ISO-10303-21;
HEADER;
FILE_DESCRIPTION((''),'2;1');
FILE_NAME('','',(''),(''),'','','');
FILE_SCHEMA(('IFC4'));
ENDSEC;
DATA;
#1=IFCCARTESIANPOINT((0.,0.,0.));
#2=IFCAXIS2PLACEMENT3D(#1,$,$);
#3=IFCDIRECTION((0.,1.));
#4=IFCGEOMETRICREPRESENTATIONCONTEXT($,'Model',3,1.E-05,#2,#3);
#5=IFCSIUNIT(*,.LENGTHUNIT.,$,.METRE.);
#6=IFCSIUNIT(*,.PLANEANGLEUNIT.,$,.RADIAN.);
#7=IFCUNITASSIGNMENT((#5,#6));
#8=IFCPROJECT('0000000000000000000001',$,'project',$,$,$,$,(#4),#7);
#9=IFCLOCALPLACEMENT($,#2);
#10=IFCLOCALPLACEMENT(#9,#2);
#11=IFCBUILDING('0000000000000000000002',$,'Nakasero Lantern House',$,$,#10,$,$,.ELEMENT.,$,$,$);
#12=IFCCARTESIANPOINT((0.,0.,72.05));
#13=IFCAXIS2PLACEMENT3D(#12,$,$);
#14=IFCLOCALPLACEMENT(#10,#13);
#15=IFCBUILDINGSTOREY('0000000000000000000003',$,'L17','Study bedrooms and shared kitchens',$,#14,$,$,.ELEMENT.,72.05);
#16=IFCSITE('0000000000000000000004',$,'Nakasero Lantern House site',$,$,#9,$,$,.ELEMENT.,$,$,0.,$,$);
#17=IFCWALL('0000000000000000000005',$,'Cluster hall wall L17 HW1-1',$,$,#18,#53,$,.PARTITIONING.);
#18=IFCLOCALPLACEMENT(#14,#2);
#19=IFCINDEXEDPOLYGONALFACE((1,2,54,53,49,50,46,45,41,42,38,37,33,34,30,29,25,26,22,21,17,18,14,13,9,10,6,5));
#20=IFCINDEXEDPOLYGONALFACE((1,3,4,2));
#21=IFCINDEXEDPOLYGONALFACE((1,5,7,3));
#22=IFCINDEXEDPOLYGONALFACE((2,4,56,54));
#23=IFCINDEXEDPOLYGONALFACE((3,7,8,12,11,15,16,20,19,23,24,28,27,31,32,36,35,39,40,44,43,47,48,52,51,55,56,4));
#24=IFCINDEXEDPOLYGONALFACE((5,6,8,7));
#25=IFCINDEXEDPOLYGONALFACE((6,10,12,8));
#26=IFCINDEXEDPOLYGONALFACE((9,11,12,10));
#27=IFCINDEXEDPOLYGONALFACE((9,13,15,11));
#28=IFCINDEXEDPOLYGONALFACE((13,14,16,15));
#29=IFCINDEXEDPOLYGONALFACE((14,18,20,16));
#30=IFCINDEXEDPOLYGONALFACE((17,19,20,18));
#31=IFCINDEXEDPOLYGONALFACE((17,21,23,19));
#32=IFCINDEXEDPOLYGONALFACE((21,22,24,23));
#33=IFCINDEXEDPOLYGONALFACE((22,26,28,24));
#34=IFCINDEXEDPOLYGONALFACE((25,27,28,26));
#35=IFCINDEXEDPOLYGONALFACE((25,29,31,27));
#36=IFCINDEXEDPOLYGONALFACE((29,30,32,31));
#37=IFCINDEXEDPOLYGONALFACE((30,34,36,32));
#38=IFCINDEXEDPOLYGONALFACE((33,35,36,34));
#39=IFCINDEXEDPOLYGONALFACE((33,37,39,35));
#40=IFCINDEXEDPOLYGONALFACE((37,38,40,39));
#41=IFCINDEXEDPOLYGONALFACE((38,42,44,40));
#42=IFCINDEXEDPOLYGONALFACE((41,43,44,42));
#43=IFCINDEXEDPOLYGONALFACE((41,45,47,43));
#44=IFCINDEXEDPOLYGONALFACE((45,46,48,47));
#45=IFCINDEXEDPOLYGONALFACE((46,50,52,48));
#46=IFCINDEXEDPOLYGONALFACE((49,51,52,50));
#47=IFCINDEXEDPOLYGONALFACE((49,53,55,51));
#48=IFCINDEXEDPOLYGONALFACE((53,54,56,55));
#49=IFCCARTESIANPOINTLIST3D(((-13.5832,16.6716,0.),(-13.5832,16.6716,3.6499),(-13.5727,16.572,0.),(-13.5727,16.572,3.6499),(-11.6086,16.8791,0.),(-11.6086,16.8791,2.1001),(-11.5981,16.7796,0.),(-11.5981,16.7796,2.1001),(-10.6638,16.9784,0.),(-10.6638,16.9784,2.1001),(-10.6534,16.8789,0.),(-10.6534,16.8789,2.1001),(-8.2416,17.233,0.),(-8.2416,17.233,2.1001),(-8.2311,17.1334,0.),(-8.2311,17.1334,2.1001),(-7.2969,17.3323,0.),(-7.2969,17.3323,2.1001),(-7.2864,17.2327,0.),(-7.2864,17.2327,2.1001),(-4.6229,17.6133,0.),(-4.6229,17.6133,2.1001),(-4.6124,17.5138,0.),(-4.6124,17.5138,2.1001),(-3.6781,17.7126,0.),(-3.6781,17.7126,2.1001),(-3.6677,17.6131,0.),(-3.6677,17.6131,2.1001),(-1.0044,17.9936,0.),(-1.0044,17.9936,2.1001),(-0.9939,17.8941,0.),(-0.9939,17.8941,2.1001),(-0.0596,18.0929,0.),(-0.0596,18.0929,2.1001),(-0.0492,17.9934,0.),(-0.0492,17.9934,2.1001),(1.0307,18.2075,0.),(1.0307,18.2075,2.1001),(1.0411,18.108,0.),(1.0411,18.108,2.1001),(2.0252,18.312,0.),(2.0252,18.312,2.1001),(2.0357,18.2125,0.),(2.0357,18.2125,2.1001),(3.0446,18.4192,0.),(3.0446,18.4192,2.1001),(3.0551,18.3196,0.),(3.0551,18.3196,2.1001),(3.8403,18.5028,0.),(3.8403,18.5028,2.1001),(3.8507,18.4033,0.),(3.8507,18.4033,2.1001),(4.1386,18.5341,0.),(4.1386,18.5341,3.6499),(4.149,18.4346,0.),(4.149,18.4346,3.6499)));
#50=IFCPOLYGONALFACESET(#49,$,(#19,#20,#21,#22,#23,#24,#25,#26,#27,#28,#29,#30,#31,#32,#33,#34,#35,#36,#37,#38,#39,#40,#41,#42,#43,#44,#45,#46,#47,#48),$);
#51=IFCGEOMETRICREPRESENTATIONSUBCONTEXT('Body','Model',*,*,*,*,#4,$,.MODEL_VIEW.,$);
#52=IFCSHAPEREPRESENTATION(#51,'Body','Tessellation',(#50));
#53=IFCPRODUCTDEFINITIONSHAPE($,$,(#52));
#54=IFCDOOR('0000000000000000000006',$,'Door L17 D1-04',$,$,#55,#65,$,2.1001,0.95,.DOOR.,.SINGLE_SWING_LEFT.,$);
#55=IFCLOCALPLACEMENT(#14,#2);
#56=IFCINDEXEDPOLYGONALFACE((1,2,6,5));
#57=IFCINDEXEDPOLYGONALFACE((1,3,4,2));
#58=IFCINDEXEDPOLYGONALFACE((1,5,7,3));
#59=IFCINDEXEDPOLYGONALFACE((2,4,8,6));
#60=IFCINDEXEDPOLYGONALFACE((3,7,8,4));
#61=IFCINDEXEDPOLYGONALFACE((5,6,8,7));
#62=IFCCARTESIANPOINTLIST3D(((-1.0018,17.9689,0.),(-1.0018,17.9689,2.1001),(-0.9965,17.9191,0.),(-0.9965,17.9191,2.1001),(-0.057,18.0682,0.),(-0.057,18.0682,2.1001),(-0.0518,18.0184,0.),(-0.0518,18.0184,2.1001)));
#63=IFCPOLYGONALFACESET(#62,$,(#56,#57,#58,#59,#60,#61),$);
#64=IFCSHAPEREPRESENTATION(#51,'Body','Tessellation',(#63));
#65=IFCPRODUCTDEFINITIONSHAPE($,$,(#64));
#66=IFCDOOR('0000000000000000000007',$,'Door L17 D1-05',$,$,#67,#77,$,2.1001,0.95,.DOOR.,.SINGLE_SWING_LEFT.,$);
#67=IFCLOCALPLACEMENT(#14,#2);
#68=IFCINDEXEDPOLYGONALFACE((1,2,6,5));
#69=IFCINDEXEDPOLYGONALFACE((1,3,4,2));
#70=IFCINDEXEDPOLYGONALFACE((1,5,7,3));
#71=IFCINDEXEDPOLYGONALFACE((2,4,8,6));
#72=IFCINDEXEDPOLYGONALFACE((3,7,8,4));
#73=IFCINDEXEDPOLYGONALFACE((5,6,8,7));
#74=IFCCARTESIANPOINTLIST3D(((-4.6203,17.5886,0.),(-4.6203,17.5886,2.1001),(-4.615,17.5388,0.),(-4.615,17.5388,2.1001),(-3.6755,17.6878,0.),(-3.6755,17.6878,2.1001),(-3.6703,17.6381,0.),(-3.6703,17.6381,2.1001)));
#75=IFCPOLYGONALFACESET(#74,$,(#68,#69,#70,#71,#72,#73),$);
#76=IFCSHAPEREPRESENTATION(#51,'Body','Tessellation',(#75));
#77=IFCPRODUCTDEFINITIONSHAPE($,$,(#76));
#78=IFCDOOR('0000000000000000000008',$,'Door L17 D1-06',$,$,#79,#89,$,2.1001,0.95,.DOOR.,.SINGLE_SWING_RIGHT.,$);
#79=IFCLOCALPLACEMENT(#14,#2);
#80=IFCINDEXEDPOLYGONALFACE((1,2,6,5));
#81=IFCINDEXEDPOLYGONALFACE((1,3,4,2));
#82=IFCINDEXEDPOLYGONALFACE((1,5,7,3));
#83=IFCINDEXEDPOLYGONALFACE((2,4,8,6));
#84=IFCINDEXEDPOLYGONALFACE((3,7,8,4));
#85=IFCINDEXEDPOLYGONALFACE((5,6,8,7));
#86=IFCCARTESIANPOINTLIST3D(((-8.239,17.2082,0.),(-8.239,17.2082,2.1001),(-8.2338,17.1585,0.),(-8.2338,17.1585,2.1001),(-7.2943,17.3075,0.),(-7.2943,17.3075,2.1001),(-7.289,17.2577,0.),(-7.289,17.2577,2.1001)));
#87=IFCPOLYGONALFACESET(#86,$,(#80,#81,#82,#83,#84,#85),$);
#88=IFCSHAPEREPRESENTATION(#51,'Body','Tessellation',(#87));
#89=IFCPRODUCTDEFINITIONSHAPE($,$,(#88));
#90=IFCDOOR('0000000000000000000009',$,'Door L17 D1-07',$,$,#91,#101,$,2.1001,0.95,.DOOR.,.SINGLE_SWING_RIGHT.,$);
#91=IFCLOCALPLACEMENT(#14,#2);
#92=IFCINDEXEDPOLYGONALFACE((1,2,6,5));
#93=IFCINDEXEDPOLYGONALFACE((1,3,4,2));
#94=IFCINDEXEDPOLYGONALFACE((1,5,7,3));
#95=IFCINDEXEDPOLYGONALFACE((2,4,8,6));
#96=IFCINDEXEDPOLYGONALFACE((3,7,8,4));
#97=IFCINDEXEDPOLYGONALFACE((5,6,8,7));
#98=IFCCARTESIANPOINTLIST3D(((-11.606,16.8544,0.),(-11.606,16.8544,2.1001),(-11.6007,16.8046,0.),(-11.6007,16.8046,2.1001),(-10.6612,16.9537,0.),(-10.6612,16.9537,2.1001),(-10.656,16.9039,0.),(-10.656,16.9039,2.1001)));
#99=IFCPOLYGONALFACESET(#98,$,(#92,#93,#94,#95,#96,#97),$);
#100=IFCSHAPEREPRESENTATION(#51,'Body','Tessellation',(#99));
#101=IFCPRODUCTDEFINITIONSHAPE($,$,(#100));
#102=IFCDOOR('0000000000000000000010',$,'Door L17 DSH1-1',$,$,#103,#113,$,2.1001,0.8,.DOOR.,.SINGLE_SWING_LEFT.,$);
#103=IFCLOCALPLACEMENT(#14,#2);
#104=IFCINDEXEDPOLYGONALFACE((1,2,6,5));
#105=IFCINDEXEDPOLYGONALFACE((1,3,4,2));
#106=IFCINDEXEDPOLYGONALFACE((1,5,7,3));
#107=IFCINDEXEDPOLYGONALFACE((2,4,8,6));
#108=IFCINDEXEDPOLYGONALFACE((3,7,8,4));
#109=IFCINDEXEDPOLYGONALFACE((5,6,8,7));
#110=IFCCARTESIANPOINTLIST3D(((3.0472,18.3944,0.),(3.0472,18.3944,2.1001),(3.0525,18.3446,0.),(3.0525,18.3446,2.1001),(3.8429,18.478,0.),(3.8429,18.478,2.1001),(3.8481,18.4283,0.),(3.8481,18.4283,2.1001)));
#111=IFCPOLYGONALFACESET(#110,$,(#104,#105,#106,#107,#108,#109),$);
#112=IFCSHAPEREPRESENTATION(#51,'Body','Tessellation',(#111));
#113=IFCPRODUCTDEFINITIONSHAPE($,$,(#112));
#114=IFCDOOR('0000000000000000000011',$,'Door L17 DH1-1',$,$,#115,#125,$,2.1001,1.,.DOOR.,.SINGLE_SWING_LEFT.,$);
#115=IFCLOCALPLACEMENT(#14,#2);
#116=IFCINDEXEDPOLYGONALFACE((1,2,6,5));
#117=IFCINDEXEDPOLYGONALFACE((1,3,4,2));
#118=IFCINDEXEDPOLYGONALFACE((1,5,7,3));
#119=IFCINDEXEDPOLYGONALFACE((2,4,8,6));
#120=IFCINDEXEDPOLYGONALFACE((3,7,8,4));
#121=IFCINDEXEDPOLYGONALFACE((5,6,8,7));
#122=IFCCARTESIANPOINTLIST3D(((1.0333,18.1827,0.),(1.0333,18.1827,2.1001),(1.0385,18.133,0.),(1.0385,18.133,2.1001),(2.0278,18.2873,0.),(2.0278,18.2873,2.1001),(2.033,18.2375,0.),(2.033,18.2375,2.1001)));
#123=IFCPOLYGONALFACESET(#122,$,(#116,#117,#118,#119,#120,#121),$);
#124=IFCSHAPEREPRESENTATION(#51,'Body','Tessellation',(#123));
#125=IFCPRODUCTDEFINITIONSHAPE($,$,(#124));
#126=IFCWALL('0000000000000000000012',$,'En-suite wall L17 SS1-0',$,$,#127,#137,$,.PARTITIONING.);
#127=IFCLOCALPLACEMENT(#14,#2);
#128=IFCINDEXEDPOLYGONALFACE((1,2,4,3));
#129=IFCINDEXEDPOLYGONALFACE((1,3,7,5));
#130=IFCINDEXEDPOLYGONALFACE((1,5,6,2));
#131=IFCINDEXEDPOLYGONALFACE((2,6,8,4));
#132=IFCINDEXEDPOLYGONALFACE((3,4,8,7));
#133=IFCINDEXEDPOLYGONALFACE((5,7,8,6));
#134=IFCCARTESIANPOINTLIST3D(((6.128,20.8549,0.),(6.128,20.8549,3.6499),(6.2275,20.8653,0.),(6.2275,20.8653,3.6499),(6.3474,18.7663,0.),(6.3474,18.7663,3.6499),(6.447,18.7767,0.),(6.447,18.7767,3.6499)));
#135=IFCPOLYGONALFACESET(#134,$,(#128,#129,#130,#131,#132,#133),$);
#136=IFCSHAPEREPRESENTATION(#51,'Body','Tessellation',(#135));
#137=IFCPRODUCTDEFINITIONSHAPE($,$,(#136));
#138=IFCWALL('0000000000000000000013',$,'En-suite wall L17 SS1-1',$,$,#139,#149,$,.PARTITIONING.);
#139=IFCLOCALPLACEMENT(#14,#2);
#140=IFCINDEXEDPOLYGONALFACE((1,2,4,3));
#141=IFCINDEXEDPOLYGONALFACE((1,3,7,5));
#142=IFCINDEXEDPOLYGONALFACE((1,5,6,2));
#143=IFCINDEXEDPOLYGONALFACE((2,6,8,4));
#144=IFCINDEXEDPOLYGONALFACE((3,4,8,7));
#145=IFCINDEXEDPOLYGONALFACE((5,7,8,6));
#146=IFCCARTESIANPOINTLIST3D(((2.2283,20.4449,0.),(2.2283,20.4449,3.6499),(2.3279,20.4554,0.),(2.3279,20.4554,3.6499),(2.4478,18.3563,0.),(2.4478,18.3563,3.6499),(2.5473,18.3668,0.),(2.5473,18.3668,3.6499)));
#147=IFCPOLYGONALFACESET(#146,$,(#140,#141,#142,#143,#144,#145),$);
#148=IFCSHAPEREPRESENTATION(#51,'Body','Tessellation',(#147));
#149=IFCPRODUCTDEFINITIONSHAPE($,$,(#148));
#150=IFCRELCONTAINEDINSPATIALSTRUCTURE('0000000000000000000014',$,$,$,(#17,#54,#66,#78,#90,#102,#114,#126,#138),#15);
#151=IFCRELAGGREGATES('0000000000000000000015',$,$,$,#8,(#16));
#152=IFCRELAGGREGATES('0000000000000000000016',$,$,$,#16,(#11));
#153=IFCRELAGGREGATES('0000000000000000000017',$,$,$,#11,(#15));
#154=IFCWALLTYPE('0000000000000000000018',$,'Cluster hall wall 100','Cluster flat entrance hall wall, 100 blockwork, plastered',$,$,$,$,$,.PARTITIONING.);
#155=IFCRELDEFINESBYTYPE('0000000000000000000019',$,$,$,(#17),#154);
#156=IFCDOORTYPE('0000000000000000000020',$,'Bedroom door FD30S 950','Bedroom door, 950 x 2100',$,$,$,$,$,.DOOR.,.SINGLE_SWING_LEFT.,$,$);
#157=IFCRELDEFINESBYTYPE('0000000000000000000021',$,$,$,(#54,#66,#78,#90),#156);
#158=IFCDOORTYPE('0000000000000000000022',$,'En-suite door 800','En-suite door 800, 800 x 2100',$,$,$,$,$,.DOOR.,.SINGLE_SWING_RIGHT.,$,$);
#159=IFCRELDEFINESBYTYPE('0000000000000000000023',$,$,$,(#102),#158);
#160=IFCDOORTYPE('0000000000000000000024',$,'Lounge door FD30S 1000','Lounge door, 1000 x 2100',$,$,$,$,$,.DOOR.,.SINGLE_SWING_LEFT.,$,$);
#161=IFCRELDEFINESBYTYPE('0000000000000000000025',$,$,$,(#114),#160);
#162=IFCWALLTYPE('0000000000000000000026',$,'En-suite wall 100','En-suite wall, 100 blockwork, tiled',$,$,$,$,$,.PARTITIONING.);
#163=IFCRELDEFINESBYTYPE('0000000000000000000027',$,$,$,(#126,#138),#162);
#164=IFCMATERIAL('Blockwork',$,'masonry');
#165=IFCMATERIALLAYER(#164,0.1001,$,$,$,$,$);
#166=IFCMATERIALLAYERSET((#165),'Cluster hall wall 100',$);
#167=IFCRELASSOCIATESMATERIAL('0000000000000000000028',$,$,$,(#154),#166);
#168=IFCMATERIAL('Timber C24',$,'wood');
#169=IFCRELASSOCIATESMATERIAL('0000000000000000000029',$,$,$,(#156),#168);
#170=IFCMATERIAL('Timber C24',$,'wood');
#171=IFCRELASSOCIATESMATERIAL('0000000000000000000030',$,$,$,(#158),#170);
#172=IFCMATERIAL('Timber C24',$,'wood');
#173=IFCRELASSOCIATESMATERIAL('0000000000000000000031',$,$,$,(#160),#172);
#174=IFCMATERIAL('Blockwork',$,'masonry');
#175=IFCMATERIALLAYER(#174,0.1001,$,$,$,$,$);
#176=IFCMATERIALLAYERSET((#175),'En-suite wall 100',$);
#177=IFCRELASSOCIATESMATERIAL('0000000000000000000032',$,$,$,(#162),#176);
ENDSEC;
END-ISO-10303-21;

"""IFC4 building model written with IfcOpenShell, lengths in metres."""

from ifc_helpers import new_model, si_unit, direction, frame, frame_2d, origin, place, context, subcontext, project, spatial, rectangle, extrude, material, layer, layer_set, type_object, element, fill, save


model = new_model("IFC4")

# Units and contexts
model_context = context("Model", 3, precision=1e-05, world=origin(), true_north=direction((0.0, 1.0)))
body_context = subcontext(model_context, "Body", "Model", "MODEL_VIEW")
ifc_project = project(units=[si_unit("LENGTHUNIT", "METRE"), si_unit("PLANEANGLEUNIT", "RADIAN")], contexts=[model_context])

# Site, building, storey
site_placement = place(None, origin())
site = spatial("IfcSite", under=ifc_project, at=site_placement, Name="Nakasero Lantern House site", CompositionType="ELEMENT", RefElevation=0.0)
building_placement = place(site_placement, origin())
building = spatial("IfcBuilding", under=site, at=building_placement, Name="Nakasero Lantern House", CompositionType="ELEMENT")
storey_placement = place(building_placement, frame((0.0, 0.0, 72.05)))
storey = spatial("IfcBuildingStorey", under=building, at=storey_placement, Name="L17", Description="Study bedrooms and shared kitchens", CompositionType="ELEMENT", Elevation=72.05)

# Wall, openings, doors
ifc_material_1 = material(Name="Blockwork", Category="masonry")
ifc_layer_1 = layer(ifc_material_1, 0.1001)
ifc_layer_set_1 = layer_set([ifc_layer_1], Name="Cluster hall wall 100")
wall_type_1 = type_object("IfcWallType", Name="Cluster hall wall 100", Description="Cluster flat entrance hall wall, 100 blockwork, plastered", PredefinedType="PARTITIONING", material=ifc_layer_set_1)
wall_1_placement = place(storey_placement, frame((4.1438, 18.4844, 0.0), z_axis=(0.0, 0.0, 1.0), x_axis=(-0.994522, -0.104524, 0.0)))
wall_1 = element("IfcWall", 1, at=wall_1_placement, inside=storey, type_object=wall_type_1, Name="Cluster hall wall L17 HW1-1", PredefinedType="PARTITIONING", context=body_context, shape_type="SweptSolid", body=[
    extrude(rectangle(XDim=17.8193, YDim=0.1001, at=frame_2d((8.9097, 0.0))), origin(), (0.0, 0.0, 1.0), 3.6499),
])
opening_1_placement = place(wall_1_placement, frame((2.125, 0.0, 0.0)))
opening_1 = element("IfcOpeningElement", 2, at=opening_1_placement, cuts=wall_1, PredefinedType="OPENING", context=body_context, shape_type="SweptSolid", body=[
    extrude(rectangle(XDim=1.0, YDim=2.1001, at=frame_2d((0.5, 1.05))), frame((0.0, 0.0701, 0.0), z_axis=(0.0, -1.0, 0.0), x_axis=(1.0, 0.0, 0.0)), (0.0, 0.0, 1.0), 0.1401),
])
opening_2_placement = place(wall_1_placement, frame((0.3, 0.0, 0.0)))
opening_2 = element("IfcOpeningElement", 3, at=opening_2_placement, cuts=wall_1, PredefinedType="OPENING", context=body_context, shape_type="SweptSolid", body=[
    extrude(rectangle(XDim=0.8, YDim=2.1001, at=frame_2d((0.3999, 1.05))), frame((0.0, 0.0701, 0.0), z_axis=(0.0, -1.0, 0.0), x_axis=(1.0, 0.0, 0.0)), (0.0, 0.0, 1.0), 0.1401),
])
opening_3_placement = place(wall_1_placement, frame((4.2212, 0.0, 0.0)))
opening_3 = element("IfcOpeningElement", 4, at=opening_3_placement, cuts=wall_1, PredefinedType="OPENING", context=body_context, shape_type="SweptSolid", body=[
    extrude(rectangle(XDim=0.95, YDim=2.1001, at=frame_2d((0.4751, 1.05))), frame((0.0, 0.0701, 0.0), z_axis=(0.0, -1.0, 0.0), x_axis=(1.0, 0.0, 0.0)), (0.0, 0.0, 1.0), 0.1401),
])
opening_4_placement = place(wall_1_placement, frame((7.8596, 0.0, 0.0)))
opening_4 = element("IfcOpeningElement", 5, at=opening_4_placement, cuts=wall_1, PredefinedType="OPENING", context=body_context, shape_type="SweptSolid", body=[
    extrude(rectangle(XDim=0.95, YDim=2.1001, at=frame_2d((0.4751, 1.05))), frame((0.0, 0.0701, 0.0), z_axis=(0.0, -1.0, 0.0), x_axis=(1.0, 0.0, 0.0)), (0.0, 0.0, 1.0), 0.1401),
])
opening_5_placement = place(wall_1_placement, frame((11.4983, 0.0, 0.0)))
opening_5 = element("IfcOpeningElement", 6, at=opening_5_placement, cuts=wall_1, PredefinedType="OPENING", context=body_context, shape_type="SweptSolid", body=[
    extrude(rectangle(XDim=0.95, YDim=2.1001, at=frame_2d((0.4751, 1.05))), frame((0.0, 0.0701, 0.0), z_axis=(0.0, -1.0, 0.0), x_axis=(1.0, 0.0, 0.0)), (0.0, 0.0, 1.0), 0.1401),
])
opening_6_placement = place(wall_1_placement, frame((14.8838, 0.0, 0.0)))
opening_6 = element("IfcOpeningElement", 7, at=opening_6_placement, cuts=wall_1, PredefinedType="OPENING", context=body_context, shape_type="SweptSolid", body=[
    extrude(rectangle(XDim=0.95, YDim=2.1001, at=frame_2d((0.4751, 1.05))), frame((0.0, 0.0701, 0.0), z_axis=(0.0, -1.0, 0.0), x_axis=(1.0, 0.0, 0.0)), (0.0, 0.0, 1.0), 0.1401),
])
ifc_material_2 = material(Name="Timber C24", Category="wood")
door_type_1 = type_object("IfcDoorType", Name="Bedroom door FD30S 950", Description="Bedroom door, 950 x 2100", OperationType="SINGLE_SWING_LEFT", PredefinedType="DOOR", material=ifc_material_2)
door_1_placement = place(opening_3_placement, origin())
door_1 = element("IfcDoor", 8, at=door_1_placement, inside=storey, type_object=door_type_1, Name="Door L17 D1-04", OperationType="SINGLE_SWING_LEFT", OverallHeight=2.1001, OverallWidth=0.95, PredefinedType="DOOR", context=body_context, shape_type="SweptSolid", body=[
    extrude(rectangle(XDim=0.95, YDim=2.1001, at=frame_2d((0.4751, 1.05))), frame((0.0, 0.0249, 0.0), z_axis=(0.0, -1.0, 0.0), x_axis=(1.0, 0.0, 0.0)), (0.0, 0.0, 1.0), 0.05),
])
fill(opening_3, door_1)
door_2_placement = place(opening_4_placement, origin())
door_2 = element("IfcDoor", 9, at=door_2_placement, inside=storey, type_object=door_type_1, Name="Door L17 D1-05", OperationType="SINGLE_SWING_LEFT", OverallHeight=2.1001, OverallWidth=0.95, PredefinedType="DOOR", context=body_context, shape_type="SweptSolid", body=[
    extrude(rectangle(XDim=0.95, YDim=2.1001, at=frame_2d((0.4751, 1.05))), frame((0.0, 0.0249, 0.0), z_axis=(0.0, -1.0, 0.0), x_axis=(1.0, 0.0, 0.0)), (0.0, 0.0, 1.0), 0.05),
])
fill(opening_4, door_2)
door_3_placement = place(opening_5_placement, origin())
door_3 = element("IfcDoor", 10, at=door_3_placement, inside=storey, type_object=door_type_1, Name="Door L17 D1-06", OperationType="SINGLE_SWING_RIGHT", OverallHeight=2.1001, OverallWidth=0.95, PredefinedType="DOOR", context=body_context, shape_type="SweptSolid", body=[
    extrude(rectangle(XDim=0.95, YDim=2.1001, at=frame_2d((0.4751, 1.05))), frame((0.0, 0.0249, 0.0), z_axis=(0.0, -1.0, 0.0), x_axis=(1.0, 0.0, 0.0)), (0.0, 0.0, 1.0), 0.05),
])
fill(opening_5, door_3)
door_4_placement = place(opening_6_placement, origin())
door_4 = element("IfcDoor", 11, at=door_4_placement, inside=storey, type_object=door_type_1, Name="Door L17 D1-07", OperationType="SINGLE_SWING_RIGHT", OverallHeight=2.1001, OverallWidth=0.95, PredefinedType="DOOR", context=body_context, shape_type="SweptSolid", body=[
    extrude(rectangle(XDim=0.95, YDim=2.1001, at=frame_2d((0.4751, 1.05))), frame((0.0, 0.0249, 0.0), z_axis=(0.0, -1.0, 0.0), x_axis=(1.0, 0.0, 0.0)), (0.0, 0.0, 1.0), 0.05),
])
fill(opening_6, door_4)
ifc_material_3 = material(Name="Timber C24", Category="wood")
door_type_2 = type_object("IfcDoorType", Name="En-suite door 800", Description="En-suite door 800, 800 x 2100", OperationType="SINGLE_SWING_RIGHT", PredefinedType="DOOR", material=ifc_material_3)
door_5_placement = place(opening_2_placement, origin())
door_5 = element("IfcDoor", 12, at=door_5_placement, inside=storey, type_object=door_type_2, Name="Door L17 DSH1-1", OperationType="SINGLE_SWING_LEFT", OverallHeight=2.1001, OverallWidth=0.8, PredefinedType="DOOR", context=body_context, shape_type="SweptSolid", body=[
    extrude(rectangle(XDim=0.8, YDim=2.1001, at=frame_2d((0.3999, 1.05))), frame((0.0, 0.0249, 0.0), z_axis=(0.0, -1.0, 0.0), x_axis=(1.0, 0.0, 0.0)), (0.0, 0.0, 1.0), 0.05),
])
fill(opening_2, door_5)
ifc_material_4 = material(Name="Timber C24", Category="wood")
door_type_3 = type_object("IfcDoorType", Name="Lounge door FD30S 1000", Description="Lounge door, 1000 x 2100", OperationType="SINGLE_SWING_LEFT", PredefinedType="DOOR", material=ifc_material_4)
door_6_placement = place(opening_1_placement, origin())
door_6 = element("IfcDoor", 13, at=door_6_placement, inside=storey, type_object=door_type_3, Name="Door L17 DH1-1", OperationType="SINGLE_SWING_LEFT", OverallHeight=2.1001, OverallWidth=1.0, PredefinedType="DOOR", context=body_context, shape_type="SweptSolid", body=[
    extrude(rectangle(XDim=1.0, YDim=2.1001, at=frame_2d((0.5, 1.05))), frame((0.0, 0.0249, 0.0), z_axis=(0.0, -1.0, 0.0), x_axis=(1.0, 0.0, 0.0)), (0.0, 0.0, 1.0), 0.05),
])
fill(opening_1, door_6)

# Walls
ifc_material_5 = material(Name="Blockwork", Category="masonry")
ifc_layer_2 = layer(ifc_material_5, 0.1001)
ifc_layer_set_2 = layer_set([ifc_layer_2], Name="En-suite wall 100")
wall_type_2 = type_object("IfcWallType", Name="En-suite wall 100", Description="En-suite wall, 100 blockwork, tiled", PredefinedType="PARTITIONING", material=ifc_layer_set_2)
for number, where, z_axis, x_axis, name in (
    (14, (6.3972, 18.7715, 0.0), (0.0, 0.0, 1.0), (-0.104509, 0.994524, 0.0), "En-suite wall L17 SS1-0"),
    (15, (2.4976, 18.3616, 0.0), (0.0, 0.0, 1.0), (-0.104509, 0.994524, 0.0), "En-suite wall L17 SS1-1"),
):
    element("IfcWall", number, at=place(storey_placement, frame(where, z_axis=z_axis, x_axis=x_axis)), inside=storey, type_object=wall_type_2, Name=name, PredefinedType="PARTITIONING", context=body_context, shape_type="SweptSolid", body=[
        extrude(rectangle(XDim=2.1001, YDim=0.1001, at=frame_2d((1.05, 0.0))), origin(), (0.0, 0.0, 1.0), 3.6499),
    ])

save(model, "model.ifc")
